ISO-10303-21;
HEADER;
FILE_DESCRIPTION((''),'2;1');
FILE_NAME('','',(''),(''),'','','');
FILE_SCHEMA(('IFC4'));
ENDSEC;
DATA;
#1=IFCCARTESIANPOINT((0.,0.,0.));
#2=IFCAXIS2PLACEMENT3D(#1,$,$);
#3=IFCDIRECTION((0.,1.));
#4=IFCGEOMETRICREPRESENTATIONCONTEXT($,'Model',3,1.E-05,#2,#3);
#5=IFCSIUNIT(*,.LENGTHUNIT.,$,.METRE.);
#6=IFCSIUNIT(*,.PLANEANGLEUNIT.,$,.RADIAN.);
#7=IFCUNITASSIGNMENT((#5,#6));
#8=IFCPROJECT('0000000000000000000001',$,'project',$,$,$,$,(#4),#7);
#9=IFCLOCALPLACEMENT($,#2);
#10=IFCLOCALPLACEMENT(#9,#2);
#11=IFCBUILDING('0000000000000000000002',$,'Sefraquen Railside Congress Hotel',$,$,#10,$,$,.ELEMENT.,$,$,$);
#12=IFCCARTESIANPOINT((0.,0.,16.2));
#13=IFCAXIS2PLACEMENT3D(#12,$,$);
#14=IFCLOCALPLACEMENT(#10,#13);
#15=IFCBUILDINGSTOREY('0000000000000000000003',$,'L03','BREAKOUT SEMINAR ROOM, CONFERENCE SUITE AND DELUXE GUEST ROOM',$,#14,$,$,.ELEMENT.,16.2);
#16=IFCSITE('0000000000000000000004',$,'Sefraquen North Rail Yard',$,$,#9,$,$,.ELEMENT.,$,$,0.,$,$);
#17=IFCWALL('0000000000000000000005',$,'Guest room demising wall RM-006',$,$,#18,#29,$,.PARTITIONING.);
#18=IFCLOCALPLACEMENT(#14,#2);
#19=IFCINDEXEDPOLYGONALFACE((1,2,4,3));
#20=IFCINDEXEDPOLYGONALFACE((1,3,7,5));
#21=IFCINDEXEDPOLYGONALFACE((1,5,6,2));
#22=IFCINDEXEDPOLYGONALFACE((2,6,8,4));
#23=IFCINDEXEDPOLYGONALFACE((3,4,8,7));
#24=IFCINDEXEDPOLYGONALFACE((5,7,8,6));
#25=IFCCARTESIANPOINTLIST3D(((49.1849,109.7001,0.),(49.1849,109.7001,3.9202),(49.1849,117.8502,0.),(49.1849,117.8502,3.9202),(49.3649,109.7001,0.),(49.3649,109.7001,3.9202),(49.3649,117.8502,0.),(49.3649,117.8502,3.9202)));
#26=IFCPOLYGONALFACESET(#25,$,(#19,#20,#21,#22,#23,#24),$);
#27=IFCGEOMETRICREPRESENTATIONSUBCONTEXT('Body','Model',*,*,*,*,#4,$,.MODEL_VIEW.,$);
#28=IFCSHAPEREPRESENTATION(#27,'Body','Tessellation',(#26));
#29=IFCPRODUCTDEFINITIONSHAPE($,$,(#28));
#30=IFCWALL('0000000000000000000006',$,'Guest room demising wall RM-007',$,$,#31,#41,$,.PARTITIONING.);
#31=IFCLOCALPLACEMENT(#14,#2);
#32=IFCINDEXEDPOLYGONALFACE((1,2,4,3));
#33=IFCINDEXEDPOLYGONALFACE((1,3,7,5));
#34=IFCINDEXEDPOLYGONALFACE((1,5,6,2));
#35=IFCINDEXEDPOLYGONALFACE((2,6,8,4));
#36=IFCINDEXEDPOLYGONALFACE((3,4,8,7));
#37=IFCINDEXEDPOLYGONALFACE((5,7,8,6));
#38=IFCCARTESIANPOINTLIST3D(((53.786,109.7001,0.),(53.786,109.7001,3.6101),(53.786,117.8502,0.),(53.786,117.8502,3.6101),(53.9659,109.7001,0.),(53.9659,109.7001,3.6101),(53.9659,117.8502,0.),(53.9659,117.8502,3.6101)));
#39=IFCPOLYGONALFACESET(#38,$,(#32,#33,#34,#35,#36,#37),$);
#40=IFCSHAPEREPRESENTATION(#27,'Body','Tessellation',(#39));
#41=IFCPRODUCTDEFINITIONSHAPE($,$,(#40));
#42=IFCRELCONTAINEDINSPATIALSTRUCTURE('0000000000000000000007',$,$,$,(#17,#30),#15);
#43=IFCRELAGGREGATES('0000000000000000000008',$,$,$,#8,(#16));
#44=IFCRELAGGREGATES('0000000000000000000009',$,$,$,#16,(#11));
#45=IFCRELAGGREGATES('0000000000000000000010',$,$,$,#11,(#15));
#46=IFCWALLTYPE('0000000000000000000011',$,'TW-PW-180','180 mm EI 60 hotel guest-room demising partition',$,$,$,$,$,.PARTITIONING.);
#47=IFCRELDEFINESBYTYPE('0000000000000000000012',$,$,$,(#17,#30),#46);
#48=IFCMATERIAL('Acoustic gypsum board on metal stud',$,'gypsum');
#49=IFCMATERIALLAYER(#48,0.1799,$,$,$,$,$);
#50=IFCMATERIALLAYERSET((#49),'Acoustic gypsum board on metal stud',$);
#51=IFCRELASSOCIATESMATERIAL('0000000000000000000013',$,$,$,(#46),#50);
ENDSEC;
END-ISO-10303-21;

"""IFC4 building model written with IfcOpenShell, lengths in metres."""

from ifc_helpers import new_model, si_unit, direction, frame, frame_2d, origin, place, context, subcontext, project, spatial, rectangle, extrude, material, layer, layer_set, type_object, element, save


model = new_model("IFC4")

# Units and contexts
model_context = context("Model", 3, precision=1e-05, world=origin(), true_north=direction((0.0, 1.0)))
body_context = subcontext(model_context, "Body", "Model", "MODEL_VIEW")
ifc_project = project(units=[si_unit("LENGTHUNIT", "METRE"), si_unit("PLANEANGLEUNIT", "RADIAN")], contexts=[model_context])

# Site, building, storey
site_placement = place(None, origin())
site = spatial("IfcSite", under=ifc_project, at=site_placement, Name="Sefraquen North Rail Yard", CompositionType="ELEMENT", RefElevation=0.0)
building_placement = place(site_placement, origin())
building = spatial("IfcBuilding", under=site, at=building_placement, Name="Sefraquen Railside Congress Hotel", CompositionType="ELEMENT")
storey_placement = place(building_placement, frame((0.0, 0.0, 16.2)))
storey = spatial("IfcBuildingStorey", under=building, at=storey_placement, Name="L03", Description="BREAKOUT SEMINAR ROOM, CONFERENCE SUITE AND DELUXE GUEST ROOM", CompositionType="ELEMENT", Elevation=16.2)

# Walls
ifc_material_1 = material(Name="Acoustic gypsum board on metal stud", Category="gypsum")
ifc_layer_1 = layer(ifc_material_1, 0.1799)
ifc_layer_set_1 = layer_set([ifc_layer_1], Name="Acoustic gypsum board on metal stud")
wall_type_1 = type_object("IfcWallType", Name="TW-PW-180", Description="180 mm EI 60 hotel guest-room demising partition", PredefinedType="PARTITIONING", material=ifc_layer_set_1)
wall_1_placement = place(storey_placement, frame((49.2749, 109.7, 0.0), z_axis=(0.0, 0.0, 1.0), x_axis=(0.0, 1.0, 0.0)))
element("IfcWall", 1, at=wall_1_placement, inside=storey, type_object=wall_type_1, Name="Guest room demising wall RM-006", PredefinedType="PARTITIONING", context=body_context, shape_type="SweptSolid", body=[
    extrude(rectangle(XDim=8.1501, YDim=0.1799, at=frame_2d((4.0752, 0.0))), origin(), (0.0, 0.0, 1.0), 3.9202),
])
wall_2_placement = place(storey_placement, frame((53.876, 109.7, 0.0), z_axis=(0.0, 0.0, 1.0), x_axis=(0.0, 1.0, 0.0)))
element("IfcWall", 2, at=wall_2_placement, inside=storey, type_object=wall_type_1, Name="Guest room demising wall RM-007", PredefinedType="PARTITIONING", context=body_context, shape_type="SweptSolid", body=[
    extrude(rectangle(XDim=8.1501, YDim=0.1799, at=frame_2d((4.0752, 0.0))), origin(), (0.0, 0.0, 1.0), 3.6101),
])

save(model, "model.ifc")
